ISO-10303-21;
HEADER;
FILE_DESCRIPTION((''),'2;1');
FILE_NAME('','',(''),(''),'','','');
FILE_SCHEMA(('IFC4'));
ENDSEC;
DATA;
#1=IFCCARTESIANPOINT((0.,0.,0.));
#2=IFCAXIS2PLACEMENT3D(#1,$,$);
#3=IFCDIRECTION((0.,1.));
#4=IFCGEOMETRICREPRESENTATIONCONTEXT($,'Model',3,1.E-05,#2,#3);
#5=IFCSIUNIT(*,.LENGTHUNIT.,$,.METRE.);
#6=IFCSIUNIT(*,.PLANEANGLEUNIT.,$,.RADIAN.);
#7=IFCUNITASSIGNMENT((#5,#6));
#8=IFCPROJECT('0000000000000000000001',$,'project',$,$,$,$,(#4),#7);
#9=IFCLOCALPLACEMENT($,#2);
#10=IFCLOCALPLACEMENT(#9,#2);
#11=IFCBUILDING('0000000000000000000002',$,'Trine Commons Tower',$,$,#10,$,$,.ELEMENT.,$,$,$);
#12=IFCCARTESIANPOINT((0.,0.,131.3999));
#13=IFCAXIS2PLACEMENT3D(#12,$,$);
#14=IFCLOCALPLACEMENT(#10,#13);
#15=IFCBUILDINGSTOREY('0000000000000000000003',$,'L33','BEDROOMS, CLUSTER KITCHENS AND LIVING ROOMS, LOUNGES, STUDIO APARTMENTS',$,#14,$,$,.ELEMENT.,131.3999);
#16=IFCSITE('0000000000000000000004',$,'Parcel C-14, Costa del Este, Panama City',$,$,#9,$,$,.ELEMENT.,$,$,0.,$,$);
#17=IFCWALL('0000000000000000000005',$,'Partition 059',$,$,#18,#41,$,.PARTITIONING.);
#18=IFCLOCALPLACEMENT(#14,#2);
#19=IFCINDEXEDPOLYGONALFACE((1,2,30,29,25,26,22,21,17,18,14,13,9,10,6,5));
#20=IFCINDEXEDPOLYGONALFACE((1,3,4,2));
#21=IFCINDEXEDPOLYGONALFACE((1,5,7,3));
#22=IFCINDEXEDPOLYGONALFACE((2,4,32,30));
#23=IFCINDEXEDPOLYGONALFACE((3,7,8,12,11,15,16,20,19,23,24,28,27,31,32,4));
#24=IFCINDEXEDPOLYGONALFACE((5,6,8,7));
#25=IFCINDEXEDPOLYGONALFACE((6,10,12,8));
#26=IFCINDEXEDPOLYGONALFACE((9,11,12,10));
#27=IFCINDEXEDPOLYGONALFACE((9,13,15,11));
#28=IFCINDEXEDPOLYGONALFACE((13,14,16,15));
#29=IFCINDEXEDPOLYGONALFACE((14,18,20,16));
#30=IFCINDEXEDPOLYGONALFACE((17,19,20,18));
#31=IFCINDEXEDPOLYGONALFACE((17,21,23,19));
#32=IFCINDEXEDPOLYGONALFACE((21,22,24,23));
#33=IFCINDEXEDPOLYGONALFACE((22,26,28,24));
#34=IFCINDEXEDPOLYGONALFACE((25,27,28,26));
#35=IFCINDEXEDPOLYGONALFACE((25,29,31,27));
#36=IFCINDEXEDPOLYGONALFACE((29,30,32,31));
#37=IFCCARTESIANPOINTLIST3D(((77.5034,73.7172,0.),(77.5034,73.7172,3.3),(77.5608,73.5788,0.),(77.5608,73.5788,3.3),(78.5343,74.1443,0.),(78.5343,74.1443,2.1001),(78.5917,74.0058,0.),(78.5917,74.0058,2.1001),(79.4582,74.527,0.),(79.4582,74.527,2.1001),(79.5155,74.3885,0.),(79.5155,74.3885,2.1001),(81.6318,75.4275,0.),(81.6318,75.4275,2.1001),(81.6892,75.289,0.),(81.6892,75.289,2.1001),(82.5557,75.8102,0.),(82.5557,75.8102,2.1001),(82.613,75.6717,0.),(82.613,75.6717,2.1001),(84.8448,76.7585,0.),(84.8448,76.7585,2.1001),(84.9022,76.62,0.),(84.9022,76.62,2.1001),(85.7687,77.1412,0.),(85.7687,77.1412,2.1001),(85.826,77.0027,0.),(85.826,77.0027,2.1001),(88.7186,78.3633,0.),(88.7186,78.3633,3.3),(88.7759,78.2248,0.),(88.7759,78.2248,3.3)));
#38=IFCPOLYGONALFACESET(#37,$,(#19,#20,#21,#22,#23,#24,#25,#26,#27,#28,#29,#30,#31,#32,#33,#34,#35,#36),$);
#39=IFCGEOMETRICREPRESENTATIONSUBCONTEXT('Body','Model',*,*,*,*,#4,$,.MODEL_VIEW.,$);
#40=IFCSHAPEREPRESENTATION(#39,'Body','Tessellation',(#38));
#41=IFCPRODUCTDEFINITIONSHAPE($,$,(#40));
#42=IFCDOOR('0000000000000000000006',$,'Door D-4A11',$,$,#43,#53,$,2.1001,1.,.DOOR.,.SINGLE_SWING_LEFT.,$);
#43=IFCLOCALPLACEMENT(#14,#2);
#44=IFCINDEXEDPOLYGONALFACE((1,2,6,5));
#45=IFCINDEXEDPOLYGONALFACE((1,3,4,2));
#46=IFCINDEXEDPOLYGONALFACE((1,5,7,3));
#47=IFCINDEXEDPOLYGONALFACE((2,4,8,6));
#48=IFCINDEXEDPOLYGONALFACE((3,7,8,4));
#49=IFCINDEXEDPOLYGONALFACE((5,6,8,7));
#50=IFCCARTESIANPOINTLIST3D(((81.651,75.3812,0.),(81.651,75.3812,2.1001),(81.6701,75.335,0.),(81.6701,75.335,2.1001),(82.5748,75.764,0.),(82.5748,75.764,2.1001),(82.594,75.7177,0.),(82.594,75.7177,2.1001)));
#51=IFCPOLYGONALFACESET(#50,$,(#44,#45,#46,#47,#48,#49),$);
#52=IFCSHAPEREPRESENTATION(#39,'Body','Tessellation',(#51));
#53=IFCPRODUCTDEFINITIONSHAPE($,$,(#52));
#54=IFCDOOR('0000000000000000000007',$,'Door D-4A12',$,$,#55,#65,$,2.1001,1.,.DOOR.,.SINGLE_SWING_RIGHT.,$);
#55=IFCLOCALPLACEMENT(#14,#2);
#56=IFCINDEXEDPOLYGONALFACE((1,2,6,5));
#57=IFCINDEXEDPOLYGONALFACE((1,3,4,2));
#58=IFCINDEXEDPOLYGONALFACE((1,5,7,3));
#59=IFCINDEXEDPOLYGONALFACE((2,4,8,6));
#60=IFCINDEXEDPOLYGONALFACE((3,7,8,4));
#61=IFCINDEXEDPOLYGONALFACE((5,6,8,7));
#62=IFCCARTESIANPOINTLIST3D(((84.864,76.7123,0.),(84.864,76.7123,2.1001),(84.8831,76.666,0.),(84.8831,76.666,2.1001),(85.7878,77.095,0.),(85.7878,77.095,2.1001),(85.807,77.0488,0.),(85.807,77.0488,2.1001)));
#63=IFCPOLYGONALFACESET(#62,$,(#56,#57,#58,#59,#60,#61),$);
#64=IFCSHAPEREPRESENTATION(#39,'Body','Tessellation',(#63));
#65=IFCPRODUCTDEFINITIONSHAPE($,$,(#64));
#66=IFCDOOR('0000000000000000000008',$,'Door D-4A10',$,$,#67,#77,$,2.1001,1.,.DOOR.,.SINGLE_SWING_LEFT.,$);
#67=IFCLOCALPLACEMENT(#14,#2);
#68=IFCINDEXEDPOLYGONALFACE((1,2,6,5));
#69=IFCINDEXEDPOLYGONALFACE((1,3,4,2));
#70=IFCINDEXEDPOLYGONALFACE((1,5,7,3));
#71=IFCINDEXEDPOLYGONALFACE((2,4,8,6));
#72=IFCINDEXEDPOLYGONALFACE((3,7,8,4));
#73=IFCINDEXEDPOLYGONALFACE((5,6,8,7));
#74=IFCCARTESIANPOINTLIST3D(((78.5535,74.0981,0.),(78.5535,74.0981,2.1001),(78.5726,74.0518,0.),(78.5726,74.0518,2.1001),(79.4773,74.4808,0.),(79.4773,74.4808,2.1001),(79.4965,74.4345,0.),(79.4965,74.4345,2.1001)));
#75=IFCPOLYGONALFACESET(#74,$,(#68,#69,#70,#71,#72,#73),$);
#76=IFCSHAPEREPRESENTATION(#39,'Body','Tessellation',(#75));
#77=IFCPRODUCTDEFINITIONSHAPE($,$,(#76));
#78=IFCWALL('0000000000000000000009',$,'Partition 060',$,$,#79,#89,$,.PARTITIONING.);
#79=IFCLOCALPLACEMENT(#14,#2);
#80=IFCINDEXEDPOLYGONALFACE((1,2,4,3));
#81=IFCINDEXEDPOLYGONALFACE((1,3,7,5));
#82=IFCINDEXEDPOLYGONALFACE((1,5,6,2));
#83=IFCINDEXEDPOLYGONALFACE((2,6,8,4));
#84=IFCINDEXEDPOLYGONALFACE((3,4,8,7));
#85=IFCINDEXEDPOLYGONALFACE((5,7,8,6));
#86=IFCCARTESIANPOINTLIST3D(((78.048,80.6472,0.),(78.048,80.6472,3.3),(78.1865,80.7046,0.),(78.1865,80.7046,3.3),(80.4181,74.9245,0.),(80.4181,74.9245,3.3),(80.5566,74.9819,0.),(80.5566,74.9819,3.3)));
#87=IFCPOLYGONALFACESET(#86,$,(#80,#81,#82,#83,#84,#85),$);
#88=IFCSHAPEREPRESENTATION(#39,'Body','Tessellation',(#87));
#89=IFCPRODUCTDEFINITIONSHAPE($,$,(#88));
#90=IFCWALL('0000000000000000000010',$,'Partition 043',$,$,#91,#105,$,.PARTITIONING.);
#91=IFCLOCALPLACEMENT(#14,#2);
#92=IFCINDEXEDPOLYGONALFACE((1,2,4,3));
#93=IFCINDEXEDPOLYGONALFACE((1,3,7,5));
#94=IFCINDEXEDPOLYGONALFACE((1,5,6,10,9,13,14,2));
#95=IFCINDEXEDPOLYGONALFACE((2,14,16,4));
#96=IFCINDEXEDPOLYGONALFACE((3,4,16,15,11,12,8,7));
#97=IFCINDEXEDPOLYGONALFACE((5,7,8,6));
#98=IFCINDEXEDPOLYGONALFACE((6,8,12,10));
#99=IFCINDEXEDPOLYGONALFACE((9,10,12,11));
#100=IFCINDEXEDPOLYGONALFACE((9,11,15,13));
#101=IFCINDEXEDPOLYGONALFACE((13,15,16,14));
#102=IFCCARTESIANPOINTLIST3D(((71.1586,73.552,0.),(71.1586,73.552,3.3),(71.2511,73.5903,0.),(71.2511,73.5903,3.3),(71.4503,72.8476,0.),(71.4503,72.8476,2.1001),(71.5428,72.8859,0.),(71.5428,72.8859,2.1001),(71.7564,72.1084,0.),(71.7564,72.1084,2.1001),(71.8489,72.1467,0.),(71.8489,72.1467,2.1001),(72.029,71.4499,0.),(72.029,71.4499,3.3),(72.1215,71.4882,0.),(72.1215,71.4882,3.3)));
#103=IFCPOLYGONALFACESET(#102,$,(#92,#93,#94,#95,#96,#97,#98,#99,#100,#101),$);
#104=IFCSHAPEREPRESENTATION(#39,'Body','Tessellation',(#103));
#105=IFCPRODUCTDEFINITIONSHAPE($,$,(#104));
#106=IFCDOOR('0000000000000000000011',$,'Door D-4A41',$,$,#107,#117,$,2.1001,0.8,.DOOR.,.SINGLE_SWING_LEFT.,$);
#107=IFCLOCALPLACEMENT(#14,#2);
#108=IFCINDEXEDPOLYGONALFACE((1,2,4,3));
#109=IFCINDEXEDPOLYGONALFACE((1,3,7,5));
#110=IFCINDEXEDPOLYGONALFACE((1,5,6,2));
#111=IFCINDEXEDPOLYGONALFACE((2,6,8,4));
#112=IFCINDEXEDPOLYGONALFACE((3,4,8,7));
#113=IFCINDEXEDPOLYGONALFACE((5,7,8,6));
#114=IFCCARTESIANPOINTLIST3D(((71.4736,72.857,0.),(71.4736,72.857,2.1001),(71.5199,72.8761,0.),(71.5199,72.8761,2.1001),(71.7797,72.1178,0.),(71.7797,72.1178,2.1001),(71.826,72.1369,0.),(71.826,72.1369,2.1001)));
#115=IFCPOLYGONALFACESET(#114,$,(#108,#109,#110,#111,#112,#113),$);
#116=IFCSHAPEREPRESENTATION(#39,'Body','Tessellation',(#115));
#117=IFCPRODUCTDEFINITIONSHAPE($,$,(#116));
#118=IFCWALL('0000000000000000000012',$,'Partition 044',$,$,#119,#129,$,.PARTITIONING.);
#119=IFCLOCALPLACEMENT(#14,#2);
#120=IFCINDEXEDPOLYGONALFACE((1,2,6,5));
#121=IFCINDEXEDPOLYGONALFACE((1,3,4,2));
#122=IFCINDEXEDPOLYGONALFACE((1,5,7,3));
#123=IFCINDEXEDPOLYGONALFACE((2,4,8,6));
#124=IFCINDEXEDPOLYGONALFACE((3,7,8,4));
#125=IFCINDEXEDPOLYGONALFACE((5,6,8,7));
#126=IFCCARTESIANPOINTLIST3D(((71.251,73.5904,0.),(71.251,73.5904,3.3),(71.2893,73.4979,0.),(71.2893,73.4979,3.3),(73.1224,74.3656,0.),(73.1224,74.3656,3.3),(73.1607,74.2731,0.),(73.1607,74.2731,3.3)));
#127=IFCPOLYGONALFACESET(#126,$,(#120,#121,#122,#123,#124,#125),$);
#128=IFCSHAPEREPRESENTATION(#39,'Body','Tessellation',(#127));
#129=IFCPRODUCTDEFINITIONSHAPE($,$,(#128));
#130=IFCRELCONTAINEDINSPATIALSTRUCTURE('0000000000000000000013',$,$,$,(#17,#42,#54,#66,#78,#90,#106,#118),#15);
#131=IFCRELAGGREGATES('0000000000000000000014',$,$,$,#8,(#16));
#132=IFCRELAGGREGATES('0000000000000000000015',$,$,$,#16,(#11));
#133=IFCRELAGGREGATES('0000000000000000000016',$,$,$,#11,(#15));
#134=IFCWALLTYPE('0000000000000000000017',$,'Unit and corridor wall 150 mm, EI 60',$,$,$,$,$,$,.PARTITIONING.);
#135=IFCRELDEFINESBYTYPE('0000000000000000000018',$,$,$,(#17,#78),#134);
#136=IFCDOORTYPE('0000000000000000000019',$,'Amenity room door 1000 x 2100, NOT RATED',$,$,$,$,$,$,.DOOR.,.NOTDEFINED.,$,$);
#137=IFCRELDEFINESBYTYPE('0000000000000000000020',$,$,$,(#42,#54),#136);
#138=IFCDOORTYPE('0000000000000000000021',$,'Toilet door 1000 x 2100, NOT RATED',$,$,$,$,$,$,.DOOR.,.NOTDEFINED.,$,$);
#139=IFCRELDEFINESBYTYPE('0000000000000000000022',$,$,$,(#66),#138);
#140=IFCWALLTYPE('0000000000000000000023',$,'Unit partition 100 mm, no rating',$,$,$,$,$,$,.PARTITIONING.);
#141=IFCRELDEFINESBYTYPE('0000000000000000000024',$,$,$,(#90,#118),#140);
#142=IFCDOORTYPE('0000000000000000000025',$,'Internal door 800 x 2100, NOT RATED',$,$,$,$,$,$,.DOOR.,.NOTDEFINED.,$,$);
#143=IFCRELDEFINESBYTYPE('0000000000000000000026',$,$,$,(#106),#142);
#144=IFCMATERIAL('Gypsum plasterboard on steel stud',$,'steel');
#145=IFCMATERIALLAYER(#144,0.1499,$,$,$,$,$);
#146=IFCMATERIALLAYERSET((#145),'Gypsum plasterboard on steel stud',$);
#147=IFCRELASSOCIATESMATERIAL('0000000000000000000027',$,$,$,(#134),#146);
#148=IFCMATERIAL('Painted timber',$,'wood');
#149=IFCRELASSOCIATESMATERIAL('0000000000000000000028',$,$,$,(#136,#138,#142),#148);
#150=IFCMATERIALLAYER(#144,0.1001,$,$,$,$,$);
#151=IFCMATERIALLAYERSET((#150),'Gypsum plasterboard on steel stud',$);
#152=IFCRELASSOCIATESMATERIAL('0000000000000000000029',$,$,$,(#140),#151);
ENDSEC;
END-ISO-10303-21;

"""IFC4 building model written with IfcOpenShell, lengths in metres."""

from ifc_helpers import new_model, si_unit, direction, frame, frame_2d, origin, place, context, subcontext, project, spatial, rectangle, extrude, material, layer, layer_set, type_object, element, fill, save


model = new_model("IFC4")

# Units and contexts
model_context = context("Model", 3, precision=1e-05, world=origin(), true_north=direction((0.0, 1.0)))
body_context = subcontext(model_context, "Body", "Model", "MODEL_VIEW")
ifc_project = project(units=[si_unit("LENGTHUNIT", "METRE"), si_unit("PLANEANGLEUNIT", "RADIAN")], contexts=[model_context])

# Site, building, storey
site_placement = place(None, origin())
site = spatial("IfcSite", under=ifc_project, at=site_placement, Name="Parcel C-14, Costa del Este, Panama City", CompositionType="ELEMENT", RefElevation=0.0)
building_placement = place(site_placement, origin())
building = spatial("IfcBuilding", under=site, at=building_placement, Name="Trine Commons Tower", CompositionType="ELEMENT")
storey_placement = place(building_placement, frame((0.0, 0.0, 131.3999)))
storey = spatial("IfcBuildingStorey", under=building, at=storey_placement, Name="L33", Description="BEDROOMS, CLUSTER KITCHENS AND LIVING ROOMS, LOUNGES, STUDIO APARTMENTS", CompositionType="ELEMENT", Elevation=131.3999)

# Shared definitions
ifc_material_1 = material(Name="Gypsum plasterboard on steel stud", Category="steel")
ifc_layer_1 = layer(ifc_material_1, 0.1499)
ifc_layer_set_1 = layer_set([ifc_layer_1], Name="Gypsum plasterboard on steel stud")
wall_type_1 = type_object("IfcWallType", Name="Unit and corridor wall 150 mm, EI 60", PredefinedType="PARTITIONING", material=ifc_layer_set_1)

# Shared definitions
ifc_material_2 = material(Name="Painted timber", Category="wood")
door_type_1 = type_object("IfcDoorType", Name="Amenity room door 1000 x 2100, NOT RATED", OperationType="NOTDEFINED", PredefinedType="DOOR", material=ifc_material_2)

# Wall, openings, doors
wall_1_placement = place(storey_placement, frame((77.532, 73.6479, 0.0), z_axis=(0.0, 0.0, 1.0), x_axis=(0.923863, 0.382722, 0.0)))
wall_1 = element("IfcWall", 1, at=wall_1_placement, inside=storey, type_object=wall_type_1, Name="Partition 059", PredefinedType="PARTITIONING", context=body_context, shape_type="SweptSolid", body=[
    extrude(rectangle(XDim=12.1394, YDim=0.1499, at=frame_2d((6.0698, 0.0))), origin(), (0.0, 0.0, 1.0), 3.3),
])
opening_1_placement = place(wall_1_placement, frame((1.116, 0.0, 0.0)))
opening_1 = element("IfcOpeningElement", 2, at=opening_1_placement, cuts=wall_1, PredefinedType="OPENING", context=body_context, shape_type="SweptSolid", body=[
    extrude(rectangle(XDim=1.0, YDim=2.1001, at=frame_2d((0.5, 1.05))), frame((0.0, 0.085, 0.0), z_axis=(0.0, -1.0, 0.0), x_axis=(1.0, 0.0, 0.0)), (0.0, 0.0, 1.0), 0.1699),
])
opening_2_placement = place(wall_1_placement, frame((4.4688, 0.0, 0.0)))
opening_2 = element("IfcOpeningElement", 3, at=opening_2_placement, cuts=wall_1, PredefinedType="OPENING", context=body_context, shape_type="SweptSolid", body=[
    extrude(rectangle(XDim=1.0, YDim=2.1001, at=frame_2d((0.5, 1.05))), frame((0.0, 0.085, 0.0), z_axis=(0.0, -1.0, 0.0), x_axis=(1.0, 0.0, 0.0)), (0.0, 0.0, 1.0), 0.1699),
])
opening_3_placement = place(wall_1_placement, frame((7.9465, 0.0, 0.0)))
opening_3 = element("IfcOpeningElement", 4, at=opening_3_placement, cuts=wall_1, PredefinedType="OPENING", context=body_context, shape_type="SweptSolid", body=[
    extrude(rectangle(XDim=1.0, YDim=2.1001, at=frame_2d((0.5, 1.05))), frame((0.0, 0.085, 0.0), z_axis=(0.0, -1.0, 0.0), x_axis=(1.0, 0.0, 0.0)), (0.0, 0.0, 1.0), 0.1699),
])
door_1_placement = place(opening_2_placement, origin())
door_1 = element("IfcDoor", 5, at=door_1_placement, inside=storey, type_object=door_type_1, Name="Door D-4A11", OperationType="SINGLE_SWING_LEFT", OverallHeight=2.1001, OverallWidth=1.0, PredefinedType="DOOR", context=body_context, shape_type="SweptSolid", body=[
    extrude(rectangle(XDim=1.0, YDim=2.1001, at=frame_2d((0.5, 1.05))), frame((0.0, 0.0249, 0.0), z_axis=(0.0, -1.0, 0.0), x_axis=(1.0, 0.0, 0.0)), (0.0, 0.0, 1.0), 0.05),
])
fill(opening_2, door_1)
door_2_placement = place(opening_3_placement, origin())
door_2 = element("IfcDoor", 6, at=door_2_placement, inside=storey, type_object=door_type_1, Name="Door D-4A12", OperationType="SINGLE_SWING_RIGHT", OverallHeight=2.1001, OverallWidth=1.0, PredefinedType="DOOR", context=body_context, shape_type="SweptSolid", body=[
    extrude(rectangle(XDim=1.0, YDim=2.1001, at=frame_2d((0.5, 1.05))), frame((0.0, 0.0249, 0.0), z_axis=(0.0, -1.0, 0.0), x_axis=(1.0, 0.0, 0.0)), (0.0, 0.0, 1.0), 0.05),
])
fill(opening_3, door_2)
door_type_2 = type_object("IfcDoorType", Name="Toilet door 1000 x 2100, NOT RATED", OperationType="NOTDEFINED", PredefinedType="DOOR", material=ifc_material_2)
door_3_placement = place(opening_1_placement, origin())
door_3 = element("IfcDoor", 7, at=door_3_placement, inside=storey, type_object=door_type_2, Name="Door D-4A10", OperationType="SINGLE_SWING_LEFT", OverallHeight=2.1001, OverallWidth=1.0, PredefinedType="DOOR", context=body_context, shape_type="SweptSolid", body=[
    extrude(rectangle(XDim=1.0, YDim=2.1001, at=frame_2d((0.5, 1.05))), frame((0.0, 0.0249, 0.0), z_axis=(0.0, -1.0, 0.0), x_axis=(1.0, 0.0, 0.0)), (0.0, 0.0, 1.0), 0.05),
])
fill(opening_1, door_3)

# Wall
wall_2_placement = place(storey_placement, frame((78.1172, 80.676, 0.0), z_axis=(0.0, 0.0, 1.0), x_axis=(0.382644, -0.923896, 0.0)))
element("IfcWall", 8, at=wall_2_placement, inside=storey, type_object=wall_type_1, Name="Partition 060", PredefinedType="PARTITIONING", context=body_context, shape_type="SweptSolid", body=[
    extrude(rectangle(XDim=6.1941, YDim=0.1499, at=frame_2d((3.0972, 0.0))), origin(), (0.0, 0.0, 1.0), 3.3),
])

# Wall, opening, door
ifc_layer_2 = layer(ifc_material_1, 0.1001)
ifc_layer_set_2 = layer_set([ifc_layer_2], Name="Gypsum plasterboard on steel stud")
wall_type_2 = type_object("IfcWallType", Name="Unit partition 100 mm, no rating", PredefinedType="PARTITIONING", material=ifc_layer_set_2)
wall_3_placement = place(storey_placement, frame((71.2048, 73.5713, 0.0), z_axis=(0.0, 0.0, 1.0), x_axis=(0.382557, -0.923932, 0.0)))
wall_3 = element("IfcWall", 9, at=wall_3_placement, inside=storey, type_object=wall_type_2, Name="Partition 043", PredefinedType="PARTITIONING", context=body_context, shape_type="SweptSolid", body=[
    extrude(rectangle(XDim=2.2751, YDim=0.1001, at=frame_2d((1.1377, 0.0))), origin(), (0.0, 0.0, 1.0), 3.3),
])
opening_4_placement = place(wall_3_placement, frame((0.7627, 0.0, 0.0)))
opening_4 = element("IfcOpeningElement", 10, at=opening_4_placement, cuts=wall_3, PredefinedType="OPENING", context=body_context, shape_type="SweptSolid", body=[
    extrude(rectangle(XDim=0.8, YDim=2.1001, at=frame_2d((0.3999, 1.05))), frame((0.0, 0.0601, 0.0), z_axis=(0.0, -1.0, 0.0), x_axis=(1.0, 0.0, 0.0)), (0.0, 0.0, 1.0), 0.1201),
])
door_type_3 = type_object("IfcDoorType", Name="Internal door 800 x 2100, NOT RATED", OperationType="NOTDEFINED", PredefinedType="DOOR", material=ifc_material_2)
door_4_placement = place(opening_4_placement, frame((0.8, 0.0, 0.0), z_axis=(0.0, 0.0, 1.0), x_axis=(-1.0, 0.0, 0.0)))
door_4 = element("IfcDoor", 11, at=door_4_placement, inside=storey, type_object=door_type_3, Name="Door D-4A41", OperationType="SINGLE_SWING_LEFT", OverallHeight=2.1001, OverallWidth=0.8, PredefinedType="DOOR", context=body_context, shape_type="SweptSolid", body=[
    extrude(rectangle(XDim=0.8, YDim=2.1001, at=frame_2d((0.3999, 1.05))), frame((0.0, 0.0249, 0.0), z_axis=(0.0, -1.0, 0.0), x_axis=(1.0, 0.0, 0.0)), (0.0, 0.0, 1.0), 0.05),
])
fill(opening_4, door_4)

# Wall
wall_4_placement = place(storey_placement, frame((71.2703, 73.5442, 0.0), z_axis=(0.0, 0.0, 1.0), x_axis=(0.923877, 0.382689, 0.0)))
element("IfcWall", 12, at=wall_4_placement, inside=storey, type_object=wall_type_2, Name="Partition 044", PredefinedType="PARTITIONING", context=body_context, shape_type="SweptSolid", body=[
    extrude(rectangle(XDim=2.0256, YDim=0.1001, at=frame_2d((1.0127, 0.0))), origin(), (0.0, 0.0, 1.0), 3.3),
])

save(model, "model.ifc")
